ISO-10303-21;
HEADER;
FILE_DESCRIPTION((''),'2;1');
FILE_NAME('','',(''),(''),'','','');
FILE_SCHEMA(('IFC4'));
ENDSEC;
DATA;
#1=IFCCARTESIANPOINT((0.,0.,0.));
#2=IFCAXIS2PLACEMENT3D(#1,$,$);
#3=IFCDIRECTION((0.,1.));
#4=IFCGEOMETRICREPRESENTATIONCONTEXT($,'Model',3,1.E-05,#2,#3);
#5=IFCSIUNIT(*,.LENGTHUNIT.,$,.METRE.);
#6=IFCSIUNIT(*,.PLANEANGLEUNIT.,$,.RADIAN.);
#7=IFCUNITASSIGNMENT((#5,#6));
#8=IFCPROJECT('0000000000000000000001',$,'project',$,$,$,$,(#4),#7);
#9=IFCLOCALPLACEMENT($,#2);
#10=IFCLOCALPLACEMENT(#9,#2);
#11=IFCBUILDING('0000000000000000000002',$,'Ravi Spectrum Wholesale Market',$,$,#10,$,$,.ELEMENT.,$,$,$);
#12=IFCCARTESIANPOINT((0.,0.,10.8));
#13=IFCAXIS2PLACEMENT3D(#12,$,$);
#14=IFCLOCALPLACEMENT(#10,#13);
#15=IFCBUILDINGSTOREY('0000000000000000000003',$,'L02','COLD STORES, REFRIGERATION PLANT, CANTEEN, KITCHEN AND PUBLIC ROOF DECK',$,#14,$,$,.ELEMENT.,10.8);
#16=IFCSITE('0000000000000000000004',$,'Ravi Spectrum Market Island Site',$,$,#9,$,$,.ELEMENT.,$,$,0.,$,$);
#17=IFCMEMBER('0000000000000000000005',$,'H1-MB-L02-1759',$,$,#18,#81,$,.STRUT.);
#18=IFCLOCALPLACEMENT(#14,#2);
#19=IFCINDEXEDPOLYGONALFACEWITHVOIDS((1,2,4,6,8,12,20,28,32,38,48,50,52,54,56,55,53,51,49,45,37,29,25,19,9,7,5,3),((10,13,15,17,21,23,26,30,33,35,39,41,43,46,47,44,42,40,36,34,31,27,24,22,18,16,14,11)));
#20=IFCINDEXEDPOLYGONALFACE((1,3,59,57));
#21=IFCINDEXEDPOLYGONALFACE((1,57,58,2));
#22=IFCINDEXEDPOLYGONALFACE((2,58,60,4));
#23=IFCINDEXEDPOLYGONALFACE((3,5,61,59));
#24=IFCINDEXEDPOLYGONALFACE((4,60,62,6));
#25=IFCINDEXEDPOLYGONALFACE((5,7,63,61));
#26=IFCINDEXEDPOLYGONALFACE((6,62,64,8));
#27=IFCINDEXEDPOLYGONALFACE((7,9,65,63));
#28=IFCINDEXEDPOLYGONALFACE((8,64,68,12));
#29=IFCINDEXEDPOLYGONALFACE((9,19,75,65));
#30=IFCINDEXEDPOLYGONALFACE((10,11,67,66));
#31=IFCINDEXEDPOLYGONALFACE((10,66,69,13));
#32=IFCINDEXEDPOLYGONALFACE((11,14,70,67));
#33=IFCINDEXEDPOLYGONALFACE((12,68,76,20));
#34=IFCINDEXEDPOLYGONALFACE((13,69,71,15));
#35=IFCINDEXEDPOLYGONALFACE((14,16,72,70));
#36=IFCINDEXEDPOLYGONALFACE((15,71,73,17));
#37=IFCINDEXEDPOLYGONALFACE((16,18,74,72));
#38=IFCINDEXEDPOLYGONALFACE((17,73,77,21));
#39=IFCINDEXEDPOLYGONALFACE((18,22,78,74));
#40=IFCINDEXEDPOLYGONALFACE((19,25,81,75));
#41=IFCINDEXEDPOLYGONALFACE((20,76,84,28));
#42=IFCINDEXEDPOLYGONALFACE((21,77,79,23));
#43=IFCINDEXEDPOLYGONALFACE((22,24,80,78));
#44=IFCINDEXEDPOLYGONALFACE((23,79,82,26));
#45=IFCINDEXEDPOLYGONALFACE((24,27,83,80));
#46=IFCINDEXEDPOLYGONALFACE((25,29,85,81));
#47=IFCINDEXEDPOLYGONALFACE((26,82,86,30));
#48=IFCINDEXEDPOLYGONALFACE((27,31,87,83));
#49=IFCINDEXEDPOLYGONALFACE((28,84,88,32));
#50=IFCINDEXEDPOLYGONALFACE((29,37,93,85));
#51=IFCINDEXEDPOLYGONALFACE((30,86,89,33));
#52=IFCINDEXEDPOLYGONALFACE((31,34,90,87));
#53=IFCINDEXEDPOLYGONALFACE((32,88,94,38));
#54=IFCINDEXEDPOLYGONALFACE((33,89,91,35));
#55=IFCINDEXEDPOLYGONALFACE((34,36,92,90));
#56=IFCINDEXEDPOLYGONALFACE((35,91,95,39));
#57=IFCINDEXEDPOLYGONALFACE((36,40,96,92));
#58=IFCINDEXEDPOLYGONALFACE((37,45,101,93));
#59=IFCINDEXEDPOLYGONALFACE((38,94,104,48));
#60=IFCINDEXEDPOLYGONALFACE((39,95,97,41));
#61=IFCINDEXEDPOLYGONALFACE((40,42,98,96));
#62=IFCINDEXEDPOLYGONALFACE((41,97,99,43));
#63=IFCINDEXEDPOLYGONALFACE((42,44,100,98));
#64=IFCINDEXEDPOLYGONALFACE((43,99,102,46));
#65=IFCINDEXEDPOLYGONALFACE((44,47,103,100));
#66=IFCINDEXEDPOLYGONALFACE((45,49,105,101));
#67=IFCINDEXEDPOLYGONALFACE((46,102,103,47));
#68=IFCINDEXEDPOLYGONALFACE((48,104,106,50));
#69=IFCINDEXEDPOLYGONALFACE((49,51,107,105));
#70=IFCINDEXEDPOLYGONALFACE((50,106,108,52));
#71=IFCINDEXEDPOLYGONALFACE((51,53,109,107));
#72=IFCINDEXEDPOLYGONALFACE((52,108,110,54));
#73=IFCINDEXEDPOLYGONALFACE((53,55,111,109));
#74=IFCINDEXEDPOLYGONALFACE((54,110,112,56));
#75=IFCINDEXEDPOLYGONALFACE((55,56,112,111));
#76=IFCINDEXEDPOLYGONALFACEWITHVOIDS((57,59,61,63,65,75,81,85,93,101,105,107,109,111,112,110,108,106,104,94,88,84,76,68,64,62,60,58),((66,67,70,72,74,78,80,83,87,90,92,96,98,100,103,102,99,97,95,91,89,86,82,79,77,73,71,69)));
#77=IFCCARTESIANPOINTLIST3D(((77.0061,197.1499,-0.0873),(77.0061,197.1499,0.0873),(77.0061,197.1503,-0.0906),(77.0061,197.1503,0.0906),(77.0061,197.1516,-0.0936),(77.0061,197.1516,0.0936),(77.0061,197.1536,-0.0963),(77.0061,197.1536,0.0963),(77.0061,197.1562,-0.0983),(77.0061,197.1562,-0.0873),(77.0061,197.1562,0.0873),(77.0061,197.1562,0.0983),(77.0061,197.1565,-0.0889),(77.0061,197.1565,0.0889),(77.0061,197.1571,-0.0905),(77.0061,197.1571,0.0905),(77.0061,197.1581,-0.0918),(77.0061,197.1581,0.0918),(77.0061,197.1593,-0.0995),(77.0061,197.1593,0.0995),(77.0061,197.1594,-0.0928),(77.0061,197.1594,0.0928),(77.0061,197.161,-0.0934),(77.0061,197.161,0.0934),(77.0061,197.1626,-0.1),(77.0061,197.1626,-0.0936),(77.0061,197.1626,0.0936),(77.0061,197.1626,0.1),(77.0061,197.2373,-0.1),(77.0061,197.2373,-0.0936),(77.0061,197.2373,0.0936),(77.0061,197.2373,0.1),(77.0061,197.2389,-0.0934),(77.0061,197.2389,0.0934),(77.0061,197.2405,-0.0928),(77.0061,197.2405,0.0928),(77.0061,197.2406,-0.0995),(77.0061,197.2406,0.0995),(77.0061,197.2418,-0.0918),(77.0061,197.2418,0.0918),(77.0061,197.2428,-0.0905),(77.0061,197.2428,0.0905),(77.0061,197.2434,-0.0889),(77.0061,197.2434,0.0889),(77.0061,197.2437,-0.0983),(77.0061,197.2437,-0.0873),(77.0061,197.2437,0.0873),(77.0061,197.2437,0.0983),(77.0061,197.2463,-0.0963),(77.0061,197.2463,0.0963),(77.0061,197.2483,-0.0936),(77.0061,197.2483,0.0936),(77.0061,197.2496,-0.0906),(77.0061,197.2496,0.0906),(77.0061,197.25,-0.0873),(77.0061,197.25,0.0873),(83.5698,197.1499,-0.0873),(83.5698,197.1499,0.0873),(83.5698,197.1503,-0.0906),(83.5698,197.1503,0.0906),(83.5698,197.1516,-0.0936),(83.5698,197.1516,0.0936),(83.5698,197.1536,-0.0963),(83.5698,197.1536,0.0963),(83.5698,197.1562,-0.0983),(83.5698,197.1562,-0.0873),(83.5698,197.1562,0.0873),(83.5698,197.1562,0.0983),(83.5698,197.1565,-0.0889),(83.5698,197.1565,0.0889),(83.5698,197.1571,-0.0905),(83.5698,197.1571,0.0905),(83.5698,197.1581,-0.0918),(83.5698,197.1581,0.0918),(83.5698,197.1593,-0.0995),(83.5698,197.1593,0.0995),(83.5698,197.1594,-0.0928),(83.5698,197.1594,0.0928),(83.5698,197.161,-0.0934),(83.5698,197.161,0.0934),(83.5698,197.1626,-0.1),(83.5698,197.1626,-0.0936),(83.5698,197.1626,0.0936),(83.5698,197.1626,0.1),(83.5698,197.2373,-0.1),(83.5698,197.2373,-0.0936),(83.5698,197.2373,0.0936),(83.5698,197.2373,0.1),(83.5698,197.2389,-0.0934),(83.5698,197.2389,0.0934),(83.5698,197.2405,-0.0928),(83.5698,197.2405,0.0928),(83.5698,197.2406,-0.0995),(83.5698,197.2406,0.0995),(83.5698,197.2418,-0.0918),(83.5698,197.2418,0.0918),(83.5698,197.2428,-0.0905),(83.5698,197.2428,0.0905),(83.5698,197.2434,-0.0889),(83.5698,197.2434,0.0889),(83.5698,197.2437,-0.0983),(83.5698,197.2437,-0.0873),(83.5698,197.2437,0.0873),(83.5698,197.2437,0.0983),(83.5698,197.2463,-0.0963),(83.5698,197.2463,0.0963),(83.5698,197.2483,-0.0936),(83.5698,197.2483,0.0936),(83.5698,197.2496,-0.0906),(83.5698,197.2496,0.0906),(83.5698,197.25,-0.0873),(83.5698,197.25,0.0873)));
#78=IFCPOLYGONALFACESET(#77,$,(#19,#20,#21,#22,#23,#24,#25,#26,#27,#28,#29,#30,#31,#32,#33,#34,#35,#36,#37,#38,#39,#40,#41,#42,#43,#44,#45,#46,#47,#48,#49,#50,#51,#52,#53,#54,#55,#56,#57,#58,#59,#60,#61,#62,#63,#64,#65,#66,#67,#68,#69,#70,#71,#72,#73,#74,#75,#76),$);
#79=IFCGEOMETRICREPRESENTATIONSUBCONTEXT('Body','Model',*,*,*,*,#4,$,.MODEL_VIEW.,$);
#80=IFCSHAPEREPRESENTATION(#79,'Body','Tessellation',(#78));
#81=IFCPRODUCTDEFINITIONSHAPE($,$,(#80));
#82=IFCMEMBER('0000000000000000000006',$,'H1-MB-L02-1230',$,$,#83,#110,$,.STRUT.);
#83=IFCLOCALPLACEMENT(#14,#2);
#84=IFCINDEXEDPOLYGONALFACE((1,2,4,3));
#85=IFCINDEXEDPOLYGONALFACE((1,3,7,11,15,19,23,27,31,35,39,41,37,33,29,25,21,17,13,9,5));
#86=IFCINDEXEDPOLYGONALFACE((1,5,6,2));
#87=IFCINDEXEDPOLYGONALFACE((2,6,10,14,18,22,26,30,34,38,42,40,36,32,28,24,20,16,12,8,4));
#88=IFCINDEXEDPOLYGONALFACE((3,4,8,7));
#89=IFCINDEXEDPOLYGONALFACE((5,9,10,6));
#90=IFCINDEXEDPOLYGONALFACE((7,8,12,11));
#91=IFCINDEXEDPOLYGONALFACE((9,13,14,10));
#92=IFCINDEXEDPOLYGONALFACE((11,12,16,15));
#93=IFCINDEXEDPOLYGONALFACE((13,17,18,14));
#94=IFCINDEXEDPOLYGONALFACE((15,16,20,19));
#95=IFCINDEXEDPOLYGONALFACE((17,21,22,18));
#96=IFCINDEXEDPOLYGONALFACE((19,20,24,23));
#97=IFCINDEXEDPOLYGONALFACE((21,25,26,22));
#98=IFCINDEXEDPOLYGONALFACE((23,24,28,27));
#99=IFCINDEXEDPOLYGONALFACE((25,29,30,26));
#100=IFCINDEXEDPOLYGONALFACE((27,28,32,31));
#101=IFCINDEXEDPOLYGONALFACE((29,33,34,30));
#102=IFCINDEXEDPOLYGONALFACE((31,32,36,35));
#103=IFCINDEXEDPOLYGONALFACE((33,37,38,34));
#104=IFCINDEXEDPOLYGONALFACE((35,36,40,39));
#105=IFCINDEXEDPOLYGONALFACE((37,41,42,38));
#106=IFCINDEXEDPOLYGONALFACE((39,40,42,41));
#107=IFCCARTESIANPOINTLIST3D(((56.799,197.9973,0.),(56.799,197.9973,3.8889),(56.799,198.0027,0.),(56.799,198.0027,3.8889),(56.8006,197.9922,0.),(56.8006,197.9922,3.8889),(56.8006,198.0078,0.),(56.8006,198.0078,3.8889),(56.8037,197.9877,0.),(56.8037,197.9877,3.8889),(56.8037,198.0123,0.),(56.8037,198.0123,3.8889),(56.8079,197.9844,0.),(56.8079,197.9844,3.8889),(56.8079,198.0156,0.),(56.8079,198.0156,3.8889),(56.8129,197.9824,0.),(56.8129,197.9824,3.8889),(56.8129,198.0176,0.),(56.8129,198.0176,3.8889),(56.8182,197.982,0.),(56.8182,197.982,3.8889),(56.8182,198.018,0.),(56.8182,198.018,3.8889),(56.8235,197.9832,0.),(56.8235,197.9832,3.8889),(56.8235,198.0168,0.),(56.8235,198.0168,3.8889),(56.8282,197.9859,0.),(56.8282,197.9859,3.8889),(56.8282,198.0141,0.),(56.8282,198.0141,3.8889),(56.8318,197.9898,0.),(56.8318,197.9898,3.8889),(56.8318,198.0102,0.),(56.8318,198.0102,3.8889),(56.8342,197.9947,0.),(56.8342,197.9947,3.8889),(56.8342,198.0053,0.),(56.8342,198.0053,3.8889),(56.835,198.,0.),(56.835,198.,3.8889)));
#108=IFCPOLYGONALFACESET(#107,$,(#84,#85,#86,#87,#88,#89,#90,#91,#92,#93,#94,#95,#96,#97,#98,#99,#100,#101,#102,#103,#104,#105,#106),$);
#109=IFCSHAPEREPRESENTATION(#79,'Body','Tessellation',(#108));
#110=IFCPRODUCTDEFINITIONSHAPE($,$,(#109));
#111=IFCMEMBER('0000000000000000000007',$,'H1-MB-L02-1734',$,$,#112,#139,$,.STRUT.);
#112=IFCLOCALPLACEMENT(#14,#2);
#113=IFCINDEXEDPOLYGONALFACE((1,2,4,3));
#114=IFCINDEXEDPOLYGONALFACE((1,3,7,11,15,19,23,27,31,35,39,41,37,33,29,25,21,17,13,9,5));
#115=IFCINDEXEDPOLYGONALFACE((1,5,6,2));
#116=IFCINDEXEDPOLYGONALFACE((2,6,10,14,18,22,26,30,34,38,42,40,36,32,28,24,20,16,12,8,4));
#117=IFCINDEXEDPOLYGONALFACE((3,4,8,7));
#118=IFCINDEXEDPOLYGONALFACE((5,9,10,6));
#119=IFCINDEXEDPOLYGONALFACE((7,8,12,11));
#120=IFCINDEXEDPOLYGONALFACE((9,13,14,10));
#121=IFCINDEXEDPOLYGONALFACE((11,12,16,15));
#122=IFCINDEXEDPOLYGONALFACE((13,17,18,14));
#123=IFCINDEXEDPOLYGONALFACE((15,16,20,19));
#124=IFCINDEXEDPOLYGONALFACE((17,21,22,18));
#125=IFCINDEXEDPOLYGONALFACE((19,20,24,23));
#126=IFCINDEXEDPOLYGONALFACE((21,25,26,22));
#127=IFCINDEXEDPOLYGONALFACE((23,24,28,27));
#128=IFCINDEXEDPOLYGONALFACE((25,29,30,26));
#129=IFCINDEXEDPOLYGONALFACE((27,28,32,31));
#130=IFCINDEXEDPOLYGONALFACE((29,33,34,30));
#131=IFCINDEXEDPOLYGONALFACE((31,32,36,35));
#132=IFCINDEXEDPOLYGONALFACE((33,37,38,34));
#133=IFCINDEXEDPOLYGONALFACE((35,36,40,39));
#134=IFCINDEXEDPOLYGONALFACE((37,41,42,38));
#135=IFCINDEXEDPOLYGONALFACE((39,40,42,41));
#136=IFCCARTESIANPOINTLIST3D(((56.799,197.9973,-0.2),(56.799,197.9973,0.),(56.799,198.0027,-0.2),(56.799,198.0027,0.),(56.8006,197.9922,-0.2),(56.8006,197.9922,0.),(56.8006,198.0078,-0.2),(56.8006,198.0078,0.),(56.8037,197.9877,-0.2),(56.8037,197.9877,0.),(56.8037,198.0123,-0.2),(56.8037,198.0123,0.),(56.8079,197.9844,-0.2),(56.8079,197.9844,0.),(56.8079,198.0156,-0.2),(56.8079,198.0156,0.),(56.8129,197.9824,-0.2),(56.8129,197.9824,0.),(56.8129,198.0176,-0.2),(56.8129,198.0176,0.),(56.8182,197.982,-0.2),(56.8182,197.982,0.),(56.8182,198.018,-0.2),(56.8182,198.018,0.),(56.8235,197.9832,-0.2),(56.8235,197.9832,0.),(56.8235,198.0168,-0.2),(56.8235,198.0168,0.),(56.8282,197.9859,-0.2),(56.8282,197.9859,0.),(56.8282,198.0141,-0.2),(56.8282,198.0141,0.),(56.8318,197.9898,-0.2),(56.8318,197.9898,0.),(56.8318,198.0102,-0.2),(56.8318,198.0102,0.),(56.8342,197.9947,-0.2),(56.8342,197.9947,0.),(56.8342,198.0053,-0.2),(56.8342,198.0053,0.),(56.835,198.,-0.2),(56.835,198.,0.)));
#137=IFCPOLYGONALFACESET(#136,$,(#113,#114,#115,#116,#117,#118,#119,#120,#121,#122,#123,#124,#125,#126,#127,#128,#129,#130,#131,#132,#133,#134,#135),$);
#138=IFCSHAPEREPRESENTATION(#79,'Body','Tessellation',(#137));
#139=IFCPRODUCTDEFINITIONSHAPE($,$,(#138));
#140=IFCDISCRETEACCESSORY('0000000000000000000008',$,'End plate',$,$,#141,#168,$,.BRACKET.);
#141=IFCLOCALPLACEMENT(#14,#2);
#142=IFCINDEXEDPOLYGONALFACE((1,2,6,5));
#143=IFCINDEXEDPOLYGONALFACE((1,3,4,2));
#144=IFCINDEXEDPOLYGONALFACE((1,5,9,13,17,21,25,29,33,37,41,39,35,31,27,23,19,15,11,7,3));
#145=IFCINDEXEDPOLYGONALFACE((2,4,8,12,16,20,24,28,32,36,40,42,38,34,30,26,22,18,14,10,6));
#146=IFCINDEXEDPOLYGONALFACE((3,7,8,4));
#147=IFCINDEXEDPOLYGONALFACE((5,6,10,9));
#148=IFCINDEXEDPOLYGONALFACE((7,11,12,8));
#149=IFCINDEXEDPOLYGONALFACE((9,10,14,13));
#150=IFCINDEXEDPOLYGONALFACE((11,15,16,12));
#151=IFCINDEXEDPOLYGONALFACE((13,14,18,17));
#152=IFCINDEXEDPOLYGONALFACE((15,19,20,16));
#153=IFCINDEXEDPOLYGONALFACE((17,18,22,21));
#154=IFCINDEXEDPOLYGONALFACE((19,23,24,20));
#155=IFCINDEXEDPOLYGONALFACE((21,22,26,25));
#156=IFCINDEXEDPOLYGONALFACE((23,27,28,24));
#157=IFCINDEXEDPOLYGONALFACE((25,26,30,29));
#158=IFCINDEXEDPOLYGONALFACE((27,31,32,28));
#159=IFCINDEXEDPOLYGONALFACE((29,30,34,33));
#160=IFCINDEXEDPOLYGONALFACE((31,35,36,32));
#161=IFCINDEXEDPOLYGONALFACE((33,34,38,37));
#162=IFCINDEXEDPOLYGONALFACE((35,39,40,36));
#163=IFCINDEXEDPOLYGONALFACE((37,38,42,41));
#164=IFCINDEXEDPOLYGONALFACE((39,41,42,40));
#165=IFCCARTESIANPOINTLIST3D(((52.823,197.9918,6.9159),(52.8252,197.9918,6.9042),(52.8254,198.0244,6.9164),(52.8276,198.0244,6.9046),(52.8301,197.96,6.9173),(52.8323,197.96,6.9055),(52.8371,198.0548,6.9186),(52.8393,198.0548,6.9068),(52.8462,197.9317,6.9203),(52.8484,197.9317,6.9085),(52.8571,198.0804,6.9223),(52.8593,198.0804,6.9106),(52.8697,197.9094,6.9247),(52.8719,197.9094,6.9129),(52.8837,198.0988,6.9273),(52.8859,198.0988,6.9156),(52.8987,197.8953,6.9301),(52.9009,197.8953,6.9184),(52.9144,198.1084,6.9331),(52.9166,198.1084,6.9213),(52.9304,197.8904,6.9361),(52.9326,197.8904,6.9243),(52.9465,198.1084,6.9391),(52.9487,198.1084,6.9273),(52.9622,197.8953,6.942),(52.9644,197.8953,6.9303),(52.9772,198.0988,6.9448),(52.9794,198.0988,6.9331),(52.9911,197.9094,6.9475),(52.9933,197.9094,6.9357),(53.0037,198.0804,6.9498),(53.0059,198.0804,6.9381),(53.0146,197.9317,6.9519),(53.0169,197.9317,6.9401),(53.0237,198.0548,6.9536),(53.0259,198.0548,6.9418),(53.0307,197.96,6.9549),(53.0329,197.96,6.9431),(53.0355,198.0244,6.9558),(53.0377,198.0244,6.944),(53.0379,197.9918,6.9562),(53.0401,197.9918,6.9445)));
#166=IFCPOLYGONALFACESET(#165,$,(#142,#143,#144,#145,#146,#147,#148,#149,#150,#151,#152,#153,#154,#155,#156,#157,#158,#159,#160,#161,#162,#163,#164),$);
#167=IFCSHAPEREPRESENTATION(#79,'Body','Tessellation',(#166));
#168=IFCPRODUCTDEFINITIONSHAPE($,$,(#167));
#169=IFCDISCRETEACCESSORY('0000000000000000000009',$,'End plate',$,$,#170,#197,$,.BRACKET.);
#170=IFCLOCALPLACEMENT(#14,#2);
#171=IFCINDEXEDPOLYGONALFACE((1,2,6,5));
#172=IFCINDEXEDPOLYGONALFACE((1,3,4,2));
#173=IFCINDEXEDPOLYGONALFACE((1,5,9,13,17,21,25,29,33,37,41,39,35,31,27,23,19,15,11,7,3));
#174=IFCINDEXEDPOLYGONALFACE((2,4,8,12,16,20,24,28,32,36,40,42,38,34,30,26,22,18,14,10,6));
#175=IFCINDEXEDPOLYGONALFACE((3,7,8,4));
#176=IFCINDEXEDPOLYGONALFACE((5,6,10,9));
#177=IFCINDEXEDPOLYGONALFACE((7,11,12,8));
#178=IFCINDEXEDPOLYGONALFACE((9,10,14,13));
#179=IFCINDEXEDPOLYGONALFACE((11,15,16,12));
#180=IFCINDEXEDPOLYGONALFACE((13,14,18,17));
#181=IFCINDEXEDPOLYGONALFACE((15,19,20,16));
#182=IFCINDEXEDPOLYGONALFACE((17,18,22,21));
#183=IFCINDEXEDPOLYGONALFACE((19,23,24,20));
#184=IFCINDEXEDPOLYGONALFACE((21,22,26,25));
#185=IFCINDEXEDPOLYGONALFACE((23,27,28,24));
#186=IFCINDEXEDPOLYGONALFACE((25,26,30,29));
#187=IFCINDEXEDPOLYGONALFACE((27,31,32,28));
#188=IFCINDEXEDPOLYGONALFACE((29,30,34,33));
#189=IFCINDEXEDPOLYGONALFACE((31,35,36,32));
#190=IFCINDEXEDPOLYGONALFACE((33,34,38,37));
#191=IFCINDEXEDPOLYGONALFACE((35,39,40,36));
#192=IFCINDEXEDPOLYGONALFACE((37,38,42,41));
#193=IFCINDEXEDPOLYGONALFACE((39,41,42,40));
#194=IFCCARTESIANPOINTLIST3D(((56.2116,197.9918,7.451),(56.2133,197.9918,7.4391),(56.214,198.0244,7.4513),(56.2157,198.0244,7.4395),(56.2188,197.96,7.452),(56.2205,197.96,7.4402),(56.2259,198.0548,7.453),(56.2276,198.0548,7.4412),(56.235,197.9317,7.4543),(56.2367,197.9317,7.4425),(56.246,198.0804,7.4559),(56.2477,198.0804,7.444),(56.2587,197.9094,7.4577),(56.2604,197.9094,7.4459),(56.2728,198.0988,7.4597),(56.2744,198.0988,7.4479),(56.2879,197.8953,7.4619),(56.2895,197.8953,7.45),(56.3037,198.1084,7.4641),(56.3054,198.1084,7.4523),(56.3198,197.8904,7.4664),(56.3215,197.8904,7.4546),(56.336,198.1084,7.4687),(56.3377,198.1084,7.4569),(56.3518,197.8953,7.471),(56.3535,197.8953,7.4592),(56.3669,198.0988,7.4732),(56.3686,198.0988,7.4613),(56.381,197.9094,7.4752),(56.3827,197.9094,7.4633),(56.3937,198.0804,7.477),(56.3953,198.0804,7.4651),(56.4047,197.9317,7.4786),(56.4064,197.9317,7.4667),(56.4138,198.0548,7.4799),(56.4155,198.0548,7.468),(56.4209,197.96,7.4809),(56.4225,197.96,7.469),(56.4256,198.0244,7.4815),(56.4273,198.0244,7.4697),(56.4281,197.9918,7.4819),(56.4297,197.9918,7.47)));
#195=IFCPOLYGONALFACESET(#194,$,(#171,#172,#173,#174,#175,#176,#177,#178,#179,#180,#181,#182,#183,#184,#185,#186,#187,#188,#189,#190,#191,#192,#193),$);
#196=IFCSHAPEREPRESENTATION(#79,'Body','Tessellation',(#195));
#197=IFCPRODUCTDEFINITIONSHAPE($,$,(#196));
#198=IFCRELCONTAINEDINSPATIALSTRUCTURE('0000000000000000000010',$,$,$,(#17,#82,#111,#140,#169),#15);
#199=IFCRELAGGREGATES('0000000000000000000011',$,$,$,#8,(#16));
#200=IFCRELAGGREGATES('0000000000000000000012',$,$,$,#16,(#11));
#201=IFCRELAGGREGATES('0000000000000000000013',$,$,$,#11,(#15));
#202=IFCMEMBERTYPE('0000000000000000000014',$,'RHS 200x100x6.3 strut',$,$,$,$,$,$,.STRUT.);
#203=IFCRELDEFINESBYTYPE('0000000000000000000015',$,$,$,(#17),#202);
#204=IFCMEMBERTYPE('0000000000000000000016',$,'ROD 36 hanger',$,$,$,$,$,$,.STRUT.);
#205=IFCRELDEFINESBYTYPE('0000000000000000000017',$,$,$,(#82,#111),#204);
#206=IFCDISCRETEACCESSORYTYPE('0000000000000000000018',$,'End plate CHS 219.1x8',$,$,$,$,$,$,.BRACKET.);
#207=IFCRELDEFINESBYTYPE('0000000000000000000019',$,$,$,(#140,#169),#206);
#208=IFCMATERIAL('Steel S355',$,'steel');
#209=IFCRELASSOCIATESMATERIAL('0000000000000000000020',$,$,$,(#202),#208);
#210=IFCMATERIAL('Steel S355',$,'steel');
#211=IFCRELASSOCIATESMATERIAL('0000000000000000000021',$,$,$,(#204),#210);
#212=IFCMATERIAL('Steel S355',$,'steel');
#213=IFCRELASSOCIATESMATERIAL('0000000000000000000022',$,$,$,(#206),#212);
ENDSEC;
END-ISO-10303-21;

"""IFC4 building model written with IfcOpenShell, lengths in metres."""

from ifc_helpers import new_model, si_unit, direction, frame, origin, origin_2d, place, context, subcontext, project, spatial, hollow_rectangle, circle, extrude, material, material_profile, profile_set, type_object, element, save


model = new_model("IFC4")

# Units and contexts
model_context = context("Model", 3, precision=1e-05, world=origin(), true_north=direction((0.0, 1.0)))
body_context = subcontext(model_context, "Body", "Model", "MODEL_VIEW")
ifc_project = project(units=[si_unit("LENGTHUNIT", "METRE"), si_unit("PLANEANGLEUNIT", "RADIAN")], contexts=[model_context])

# Site, building, storey
site_placement = place(None, origin())
site = spatial("IfcSite", under=ifc_project, at=site_placement, Name="Ravi Spectrum Market Island Site", CompositionType="ELEMENT", RefElevation=0.0)
building_placement = place(site_placement, origin())
building = spatial("IfcBuilding", under=site, at=building_placement, Name="Ravi Spectrum Wholesale Market", CompositionType="ELEMENT")
storey_placement = place(building_placement, frame((0.0, 0.0, 10.8)))
storey = spatial("IfcBuildingStorey", under=building, at=storey_placement, Name="L02", Description="COLD STORES, REFRIGERATION PLANT, CANTEEN, KITCHEN AND PUBLIC ROOF DECK", CompositionType="ELEMENT", Elevation=10.8)

# Members
ifc_material_1 = material(Name="Steel S355", Category="steel")
ifc_material_profile_1 = material_profile(ifc_material_1, hollow_rectangle(XDim=0.1001, YDim=0.2, WallThickness=0.0063, InnerFilletRadius=0.0063, OuterFilletRadius=0.0127, at=origin_2d()))
ifc_profile_set_1 = profile_set([ifc_material_profile_1], Name="Steel S355")
member_type_1 = type_object("IfcMemberType", Name="RHS 200x100x6.3 strut", PredefinedType="STRUT", material=ifc_profile_set_1)
member_1_placement = place(storey_placement, frame((77.0061, 197.2, 0.0), z_axis=(1.0, 0.0, 0.0), x_axis=(0.0, 1.0, 0.0)))
element("IfcMember", 1, at=member_1_placement, inside=storey, type_object=member_type_1, Name="H1-MB-L02-1759", PredefinedType="STRUT", context=body_context, shape_type="SweptSolid", body=[
    extrude(hollow_rectangle(XDim=0.1001, YDim=0.2, WallThickness=0.0063, InnerFilletRadius=0.0063, OuterFilletRadius=0.0127, at=origin_2d()), origin(), (0.0, 0.0, 1.0), 6.5637),
])
ifc_material_2 = material(Name="Steel S355", Category="steel")
ifc_material_profile_2 = material_profile(ifc_material_2, circle(Radius=0.0181, at=origin_2d()))
ifc_profile_set_2 = profile_set([ifc_material_profile_2], Name="Steel S355")
member_type_2 = type_object("IfcMemberType", Name="ROD 36 hanger", PredefinedType="STRUT", material=ifc_profile_set_2)
member_2_placement = place(storey_placement, frame((56.8169, 198.0, 0.0), z_axis=(0.0, 0.0, 1.0), x_axis=(1.0, 0.0, 0.0)))
element("IfcMember", 2, at=member_2_placement, inside=storey, type_object=member_type_2, Name="H1-MB-L02-1230", PredefinedType="STRUT", context=body_context, shape_type="SweptSolid", body=[
    extrude(circle(Radius=0.0181, at=origin_2d()), origin(), (0.0, 0.0, 1.0), 3.8889),
])
member_3_placement = place(storey_placement, frame((56.8169, 198.0, 0.0), z_axis=(0.0, 0.0, -1.0), x_axis=(1.0, 0.0, 0.0)))
element("IfcMember", 3, at=member_3_placement, inside=storey, type_object=member_type_2, Name="H1-MB-L02-1734", PredefinedType="STRUT", context=body_context, shape_type="SweptSolid", body=[
    extrude(circle(Radius=0.0181, at=origin_2d()), origin(), (0.0, 0.0, 1.0), 0.2),
])

# Discrete accessories
ifc_material_3 = material(Name="Steel S355", Category="steel")
ifc_material_profile_3 = material_profile(ifc_material_3, circle(Radius=0.1096, at=origin_2d()))
ifc_profile_set_3 = profile_set([ifc_material_profile_3], Name="Steel S355")
discrete_accessory_type_1 = type_object("IfcDiscreteAccessoryType", Name="End plate CHS 219.1x8", PredefinedType="BRACKET", material=ifc_profile_set_3)
for number, where, z_axis, x_axis, name in (
    (4, (52.9326, 198.0, 6.9243), (-0.184289, 0.0, 0.982872), (0.0, -1.0, 0.0), "End plate"),
    (5, (56.3215, 198.0, 7.4546), (-0.141421, 0.0, 0.989949), (0.0, -1.0, 0.0), "End plate"),
):
    element("IfcDiscreteAccessory", number, at=place(storey_placement, frame(where, z_axis=z_axis, x_axis=x_axis)), inside=storey, type_object=discrete_accessory_type_1, Name=name, PredefinedType="BRACKET", context=body_context, shape_type="SweptSolid", body=[
        extrude(circle(Radius=0.1096, at=origin_2d()), origin(), (0.0, 0.0, 1.0), 0.012),
    ])

save(model, "model.ifc")
